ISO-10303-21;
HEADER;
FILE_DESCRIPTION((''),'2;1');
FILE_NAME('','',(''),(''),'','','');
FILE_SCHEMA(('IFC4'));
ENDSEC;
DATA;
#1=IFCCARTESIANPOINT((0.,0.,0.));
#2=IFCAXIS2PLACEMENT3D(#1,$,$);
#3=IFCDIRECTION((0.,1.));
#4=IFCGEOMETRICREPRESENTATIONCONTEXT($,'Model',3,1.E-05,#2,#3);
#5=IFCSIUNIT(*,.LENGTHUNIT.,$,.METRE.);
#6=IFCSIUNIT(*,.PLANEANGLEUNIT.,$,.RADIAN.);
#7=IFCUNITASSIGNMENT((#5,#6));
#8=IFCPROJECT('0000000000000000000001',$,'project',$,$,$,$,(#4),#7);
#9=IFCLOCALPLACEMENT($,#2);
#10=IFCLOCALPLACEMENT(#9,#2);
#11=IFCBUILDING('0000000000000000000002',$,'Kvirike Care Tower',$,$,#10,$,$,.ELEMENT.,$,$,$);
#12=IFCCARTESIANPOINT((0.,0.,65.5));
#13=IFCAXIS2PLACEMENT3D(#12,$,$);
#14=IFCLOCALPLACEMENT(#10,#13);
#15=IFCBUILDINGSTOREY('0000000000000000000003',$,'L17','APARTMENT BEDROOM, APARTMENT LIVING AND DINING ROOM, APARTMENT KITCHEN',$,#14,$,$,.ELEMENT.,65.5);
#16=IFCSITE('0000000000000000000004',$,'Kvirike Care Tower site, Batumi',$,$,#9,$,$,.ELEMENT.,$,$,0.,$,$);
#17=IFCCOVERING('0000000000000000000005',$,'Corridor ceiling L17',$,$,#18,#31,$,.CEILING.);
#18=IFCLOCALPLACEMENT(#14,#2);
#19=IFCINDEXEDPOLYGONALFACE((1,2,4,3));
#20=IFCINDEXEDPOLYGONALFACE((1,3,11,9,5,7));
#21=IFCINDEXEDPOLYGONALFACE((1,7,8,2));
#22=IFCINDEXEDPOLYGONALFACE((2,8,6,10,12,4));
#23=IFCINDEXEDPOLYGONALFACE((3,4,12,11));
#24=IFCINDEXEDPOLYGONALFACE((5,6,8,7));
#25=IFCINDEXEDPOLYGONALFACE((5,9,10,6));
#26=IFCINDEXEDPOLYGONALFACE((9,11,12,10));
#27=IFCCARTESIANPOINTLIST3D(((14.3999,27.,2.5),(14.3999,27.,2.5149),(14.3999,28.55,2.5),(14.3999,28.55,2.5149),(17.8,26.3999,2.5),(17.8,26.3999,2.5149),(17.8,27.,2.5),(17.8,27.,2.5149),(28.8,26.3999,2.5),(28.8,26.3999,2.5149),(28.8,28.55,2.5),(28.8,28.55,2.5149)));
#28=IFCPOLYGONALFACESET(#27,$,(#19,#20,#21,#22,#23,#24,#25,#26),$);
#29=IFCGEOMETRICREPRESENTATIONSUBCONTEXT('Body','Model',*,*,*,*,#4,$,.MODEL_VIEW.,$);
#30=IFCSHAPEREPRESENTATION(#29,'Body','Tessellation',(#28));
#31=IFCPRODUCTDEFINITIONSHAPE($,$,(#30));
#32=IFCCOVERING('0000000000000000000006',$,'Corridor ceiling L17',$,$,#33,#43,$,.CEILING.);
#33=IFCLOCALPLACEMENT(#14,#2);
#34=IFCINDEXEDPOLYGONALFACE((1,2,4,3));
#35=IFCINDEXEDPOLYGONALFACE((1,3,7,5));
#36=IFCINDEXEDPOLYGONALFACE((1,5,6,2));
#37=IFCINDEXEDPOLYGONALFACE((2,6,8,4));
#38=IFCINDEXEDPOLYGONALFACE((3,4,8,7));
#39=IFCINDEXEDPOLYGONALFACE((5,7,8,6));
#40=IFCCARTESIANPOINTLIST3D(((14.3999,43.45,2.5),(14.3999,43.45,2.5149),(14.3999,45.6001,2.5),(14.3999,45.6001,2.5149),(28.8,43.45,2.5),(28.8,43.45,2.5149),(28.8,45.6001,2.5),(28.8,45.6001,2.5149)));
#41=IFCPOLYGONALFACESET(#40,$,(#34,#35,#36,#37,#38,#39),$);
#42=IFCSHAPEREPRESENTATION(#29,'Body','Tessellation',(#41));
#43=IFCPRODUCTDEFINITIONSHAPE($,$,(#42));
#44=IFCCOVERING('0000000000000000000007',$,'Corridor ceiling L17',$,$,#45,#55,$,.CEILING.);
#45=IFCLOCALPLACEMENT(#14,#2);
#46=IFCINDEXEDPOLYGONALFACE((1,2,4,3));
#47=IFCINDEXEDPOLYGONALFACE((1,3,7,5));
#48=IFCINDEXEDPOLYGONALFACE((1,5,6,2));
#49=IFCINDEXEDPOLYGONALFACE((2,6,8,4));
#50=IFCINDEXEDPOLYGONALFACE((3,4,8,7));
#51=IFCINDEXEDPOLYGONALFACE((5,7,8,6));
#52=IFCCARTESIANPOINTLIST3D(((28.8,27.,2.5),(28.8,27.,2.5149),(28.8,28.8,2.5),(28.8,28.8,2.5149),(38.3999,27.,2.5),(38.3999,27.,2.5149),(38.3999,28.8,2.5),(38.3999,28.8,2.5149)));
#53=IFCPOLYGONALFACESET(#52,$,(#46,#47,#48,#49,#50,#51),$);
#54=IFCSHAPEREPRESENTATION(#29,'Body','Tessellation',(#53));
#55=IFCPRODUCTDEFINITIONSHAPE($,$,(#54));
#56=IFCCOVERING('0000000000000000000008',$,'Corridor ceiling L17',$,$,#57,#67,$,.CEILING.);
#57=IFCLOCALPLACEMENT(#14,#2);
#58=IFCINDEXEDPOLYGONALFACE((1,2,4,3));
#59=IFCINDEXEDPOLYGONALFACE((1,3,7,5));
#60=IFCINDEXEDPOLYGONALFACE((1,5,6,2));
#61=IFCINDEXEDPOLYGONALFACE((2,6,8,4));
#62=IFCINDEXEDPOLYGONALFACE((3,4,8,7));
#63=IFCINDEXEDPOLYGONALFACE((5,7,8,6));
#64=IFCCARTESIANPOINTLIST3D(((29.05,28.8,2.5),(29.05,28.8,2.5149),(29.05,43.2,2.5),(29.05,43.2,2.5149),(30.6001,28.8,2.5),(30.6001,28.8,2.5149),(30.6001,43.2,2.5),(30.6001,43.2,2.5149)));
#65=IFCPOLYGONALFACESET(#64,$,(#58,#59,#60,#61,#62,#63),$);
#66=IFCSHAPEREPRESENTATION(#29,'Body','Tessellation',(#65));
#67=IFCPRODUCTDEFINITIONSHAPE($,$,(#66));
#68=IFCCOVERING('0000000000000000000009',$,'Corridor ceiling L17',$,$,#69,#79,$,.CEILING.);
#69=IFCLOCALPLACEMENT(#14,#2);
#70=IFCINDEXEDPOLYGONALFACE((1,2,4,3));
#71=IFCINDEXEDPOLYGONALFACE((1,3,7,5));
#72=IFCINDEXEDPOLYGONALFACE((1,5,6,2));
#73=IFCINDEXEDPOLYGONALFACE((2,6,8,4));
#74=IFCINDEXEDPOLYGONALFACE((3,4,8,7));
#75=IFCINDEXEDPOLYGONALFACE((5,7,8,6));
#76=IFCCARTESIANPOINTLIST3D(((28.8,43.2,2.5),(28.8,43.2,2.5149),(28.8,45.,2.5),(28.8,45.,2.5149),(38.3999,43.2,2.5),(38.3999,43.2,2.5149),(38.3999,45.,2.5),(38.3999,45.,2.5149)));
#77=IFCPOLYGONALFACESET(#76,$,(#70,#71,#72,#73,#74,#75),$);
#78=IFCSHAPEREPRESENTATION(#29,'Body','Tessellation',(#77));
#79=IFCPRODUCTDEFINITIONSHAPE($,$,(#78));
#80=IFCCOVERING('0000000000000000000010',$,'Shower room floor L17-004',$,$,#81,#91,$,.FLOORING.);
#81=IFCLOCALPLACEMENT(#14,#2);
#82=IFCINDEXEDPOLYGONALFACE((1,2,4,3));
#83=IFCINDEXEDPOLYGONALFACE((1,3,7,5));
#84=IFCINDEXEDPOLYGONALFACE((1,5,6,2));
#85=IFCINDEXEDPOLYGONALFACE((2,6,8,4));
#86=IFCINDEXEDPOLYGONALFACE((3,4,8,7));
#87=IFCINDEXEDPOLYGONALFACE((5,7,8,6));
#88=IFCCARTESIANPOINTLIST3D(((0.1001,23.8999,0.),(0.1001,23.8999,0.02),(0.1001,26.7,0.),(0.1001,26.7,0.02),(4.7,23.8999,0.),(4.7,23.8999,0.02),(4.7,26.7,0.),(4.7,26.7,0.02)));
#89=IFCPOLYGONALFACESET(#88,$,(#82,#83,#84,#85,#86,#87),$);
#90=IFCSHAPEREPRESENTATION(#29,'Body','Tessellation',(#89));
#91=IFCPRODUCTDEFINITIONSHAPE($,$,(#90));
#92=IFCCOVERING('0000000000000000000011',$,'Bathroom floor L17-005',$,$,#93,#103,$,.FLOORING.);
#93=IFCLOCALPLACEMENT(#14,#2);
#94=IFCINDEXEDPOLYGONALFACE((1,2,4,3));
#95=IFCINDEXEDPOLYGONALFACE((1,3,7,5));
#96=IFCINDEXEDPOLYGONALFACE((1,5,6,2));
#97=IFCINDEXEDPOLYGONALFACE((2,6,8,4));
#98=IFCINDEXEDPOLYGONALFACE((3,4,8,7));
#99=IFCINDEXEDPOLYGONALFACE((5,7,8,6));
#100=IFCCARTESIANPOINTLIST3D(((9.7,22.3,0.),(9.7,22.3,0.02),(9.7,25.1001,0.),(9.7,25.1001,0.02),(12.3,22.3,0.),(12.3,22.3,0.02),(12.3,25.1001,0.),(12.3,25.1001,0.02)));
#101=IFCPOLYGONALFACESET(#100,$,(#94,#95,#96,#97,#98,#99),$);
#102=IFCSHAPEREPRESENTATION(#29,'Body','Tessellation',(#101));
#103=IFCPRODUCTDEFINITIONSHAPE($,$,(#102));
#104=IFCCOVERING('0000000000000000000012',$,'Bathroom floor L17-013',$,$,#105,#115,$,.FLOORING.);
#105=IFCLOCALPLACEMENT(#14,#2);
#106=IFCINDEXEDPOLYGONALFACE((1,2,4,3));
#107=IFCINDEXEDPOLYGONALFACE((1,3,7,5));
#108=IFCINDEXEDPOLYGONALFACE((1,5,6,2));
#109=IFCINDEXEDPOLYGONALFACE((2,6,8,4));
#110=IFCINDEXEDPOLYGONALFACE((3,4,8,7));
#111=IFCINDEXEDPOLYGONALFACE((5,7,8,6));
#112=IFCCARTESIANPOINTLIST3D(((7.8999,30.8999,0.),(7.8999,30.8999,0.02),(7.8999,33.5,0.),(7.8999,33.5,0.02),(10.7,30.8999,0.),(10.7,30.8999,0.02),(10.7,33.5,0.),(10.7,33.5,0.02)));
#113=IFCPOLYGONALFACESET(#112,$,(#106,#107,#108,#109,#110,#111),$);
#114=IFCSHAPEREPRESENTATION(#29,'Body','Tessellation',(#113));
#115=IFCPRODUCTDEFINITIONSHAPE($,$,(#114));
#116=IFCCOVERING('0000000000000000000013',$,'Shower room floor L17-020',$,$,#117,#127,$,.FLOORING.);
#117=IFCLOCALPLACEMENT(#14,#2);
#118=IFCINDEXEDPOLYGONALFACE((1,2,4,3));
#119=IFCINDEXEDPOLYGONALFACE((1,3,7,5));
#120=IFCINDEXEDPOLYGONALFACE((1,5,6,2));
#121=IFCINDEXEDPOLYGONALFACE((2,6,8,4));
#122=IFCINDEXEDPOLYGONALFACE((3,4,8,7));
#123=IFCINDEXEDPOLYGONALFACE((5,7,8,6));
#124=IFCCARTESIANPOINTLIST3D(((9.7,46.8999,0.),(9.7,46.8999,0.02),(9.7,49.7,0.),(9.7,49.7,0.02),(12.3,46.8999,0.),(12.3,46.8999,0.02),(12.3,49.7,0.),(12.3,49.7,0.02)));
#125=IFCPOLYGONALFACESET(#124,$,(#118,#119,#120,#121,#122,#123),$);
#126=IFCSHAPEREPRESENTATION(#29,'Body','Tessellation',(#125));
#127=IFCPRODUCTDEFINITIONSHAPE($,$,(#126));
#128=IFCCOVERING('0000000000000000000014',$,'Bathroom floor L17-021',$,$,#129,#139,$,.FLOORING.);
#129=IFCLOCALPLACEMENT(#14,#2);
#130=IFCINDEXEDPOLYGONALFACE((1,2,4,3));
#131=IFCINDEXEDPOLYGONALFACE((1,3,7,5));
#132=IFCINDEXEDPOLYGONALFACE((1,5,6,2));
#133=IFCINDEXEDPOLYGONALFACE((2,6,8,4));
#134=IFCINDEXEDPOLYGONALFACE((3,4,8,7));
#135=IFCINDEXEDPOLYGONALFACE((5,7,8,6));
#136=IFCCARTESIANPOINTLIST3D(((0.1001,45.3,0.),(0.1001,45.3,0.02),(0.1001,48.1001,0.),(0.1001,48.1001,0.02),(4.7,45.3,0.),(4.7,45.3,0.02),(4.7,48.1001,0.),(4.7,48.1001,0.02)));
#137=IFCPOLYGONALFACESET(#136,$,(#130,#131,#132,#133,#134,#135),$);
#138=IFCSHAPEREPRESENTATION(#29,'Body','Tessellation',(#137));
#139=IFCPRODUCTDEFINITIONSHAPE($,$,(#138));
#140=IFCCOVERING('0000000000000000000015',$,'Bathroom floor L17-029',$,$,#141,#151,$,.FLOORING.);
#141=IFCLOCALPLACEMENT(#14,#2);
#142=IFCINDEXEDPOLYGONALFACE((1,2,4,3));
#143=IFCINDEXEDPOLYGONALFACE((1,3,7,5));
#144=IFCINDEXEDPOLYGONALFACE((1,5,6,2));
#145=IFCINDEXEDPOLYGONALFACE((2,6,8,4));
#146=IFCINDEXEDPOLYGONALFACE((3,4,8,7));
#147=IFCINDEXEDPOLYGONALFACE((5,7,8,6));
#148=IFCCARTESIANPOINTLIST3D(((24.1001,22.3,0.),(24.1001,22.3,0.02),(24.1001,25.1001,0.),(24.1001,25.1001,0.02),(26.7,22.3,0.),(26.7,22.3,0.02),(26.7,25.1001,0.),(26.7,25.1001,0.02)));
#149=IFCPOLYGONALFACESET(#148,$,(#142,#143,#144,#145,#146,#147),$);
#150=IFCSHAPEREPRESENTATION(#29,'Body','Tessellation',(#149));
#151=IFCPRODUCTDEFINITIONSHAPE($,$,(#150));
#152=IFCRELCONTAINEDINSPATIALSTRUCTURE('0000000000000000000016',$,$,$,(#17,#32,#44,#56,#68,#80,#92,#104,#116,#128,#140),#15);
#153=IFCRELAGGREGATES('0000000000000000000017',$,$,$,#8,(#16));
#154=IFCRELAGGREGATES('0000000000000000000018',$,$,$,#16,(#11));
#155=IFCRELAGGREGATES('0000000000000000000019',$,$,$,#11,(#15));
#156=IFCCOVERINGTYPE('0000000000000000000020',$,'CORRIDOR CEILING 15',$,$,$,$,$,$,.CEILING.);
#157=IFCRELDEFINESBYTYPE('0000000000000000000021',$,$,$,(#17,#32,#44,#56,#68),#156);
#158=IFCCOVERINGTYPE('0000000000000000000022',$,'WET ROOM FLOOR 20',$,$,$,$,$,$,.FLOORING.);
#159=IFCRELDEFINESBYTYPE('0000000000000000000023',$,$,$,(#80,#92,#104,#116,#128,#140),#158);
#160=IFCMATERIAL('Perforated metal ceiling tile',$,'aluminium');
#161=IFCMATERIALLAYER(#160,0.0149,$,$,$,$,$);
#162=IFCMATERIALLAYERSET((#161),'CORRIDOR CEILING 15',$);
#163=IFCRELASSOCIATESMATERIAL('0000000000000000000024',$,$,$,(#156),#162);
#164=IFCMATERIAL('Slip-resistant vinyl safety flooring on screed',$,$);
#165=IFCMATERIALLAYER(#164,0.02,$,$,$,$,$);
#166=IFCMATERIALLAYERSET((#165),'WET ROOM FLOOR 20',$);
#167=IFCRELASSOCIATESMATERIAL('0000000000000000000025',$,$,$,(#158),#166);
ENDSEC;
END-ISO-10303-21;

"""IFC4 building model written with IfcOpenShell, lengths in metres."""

from ifc_helpers import new_model, si_unit, direction, frame, origin, place, context, subcontext, project, spatial, polyline, outline, extrude, material, layer, layer_set, type_object, element, save


model = new_model("IFC4")

# Units and contexts
model_context = context("Model", 3, precision=1e-05, world=origin(), true_north=direction((0.0, 1.0)))
body_context = subcontext(model_context, "Body", "Model", "MODEL_VIEW")
ifc_project = project(units=[si_unit("LENGTHUNIT", "METRE"), si_unit("PLANEANGLEUNIT", "RADIAN")], contexts=[model_context])

# Site, building, storey
site_placement = place(None, origin())
site = spatial("IfcSite", under=ifc_project, at=site_placement, Name="Kvirike Care Tower site, Batumi", CompositionType="ELEMENT", RefElevation=0.0)
building_placement = place(site_placement, origin())
building = spatial("IfcBuilding", under=site, at=building_placement, Name="Kvirike Care Tower", CompositionType="ELEMENT")
storey_placement = place(building_placement, frame((0.0, 0.0, 65.5)))
storey = spatial("IfcBuildingStorey", under=building, at=storey_placement, Name="L17", Description="APARTMENT BEDROOM, APARTMENT LIVING AND DINING ROOM, APARTMENT KITCHEN", CompositionType="ELEMENT", Elevation=65.5)

# Coverings
ifc_material_1 = material(Name="Perforated metal ceiling tile", Category="aluminium")
ifc_layer_1 = layer(ifc_material_1, 0.0149)
ifc_layer_set_1 = layer_set([ifc_layer_1], Name="CORRIDOR CEILING 15")
covering_type_1 = type_object("IfcCoveringType", Name="CORRIDOR CEILING 15", PredefinedType="CEILING", material=ifc_layer_set_1)
covering_1_placement = place(storey_placement, frame((0.0, 0.0, 2.5)))
element("IfcCovering", 1, at=covering_1_placement, inside=storey, type_object=covering_type_1, Name="Corridor ceiling L17", PredefinedType="CEILING", context=body_context, shape_type="SweptSolid", body=[
    extrude(outline(polyline([(14.3999, 28.55), (28.8, 28.55), (28.8, 26.3999), (17.8, 26.3999), (17.8, 27.0), (14.3999, 27.0), (14.3999, 28.55)])), origin(), (0.0, 0.0, 1.0), 0.0149),
])
covering_2_placement = place(storey_placement, frame((0.0, 0.0, 2.5)))
element("IfcCovering", 2, at=covering_2_placement, inside=storey, type_object=covering_type_1, Name="Corridor ceiling L17", PredefinedType="CEILING", context=body_context, shape_type="SweptSolid", body=[
    extrude(outline(polyline([(28.8, 45.6001), (28.8, 43.45), (14.3999, 43.45), (14.3999, 45.6001), (28.8, 45.6001)])), origin(), (0.0, 0.0, 1.0), 0.0149),
])
covering_3_placement = place(storey_placement, frame((0.0, 0.0, 2.5)))
element("IfcCovering", 3, at=covering_3_placement, inside=storey, type_object=covering_type_1, Name="Corridor ceiling L17", PredefinedType="CEILING", context=body_context, shape_type="SweptSolid", body=[
    extrude(outline(polyline([(28.8, 27.0), (28.8, 28.8), (38.3999, 28.8), (38.3999, 27.0), (28.8, 27.0)])), origin(), (0.0, 0.0, 1.0), 0.0149),
])
covering_4_placement = place(storey_placement, frame((0.0, 0.0, 2.5)))
element("IfcCovering", 4, at=covering_4_placement, inside=storey, type_object=covering_type_1, Name="Corridor ceiling L17", PredefinedType="CEILING", context=body_context, shape_type="SweptSolid", body=[
    extrude(outline(polyline([(30.6001, 28.8), (29.05, 28.8), (29.05, 43.2), (30.6001, 43.2), (30.6001, 28.8)])), origin(), (0.0, 0.0, 1.0), 0.0149),
])
covering_5_placement = place(storey_placement, frame((0.0, 0.0, 2.5)))
element("IfcCovering", 5, at=covering_5_placement, inside=storey, type_object=covering_type_1, Name="Corridor ceiling L17", PredefinedType="CEILING", context=body_context, shape_type="SweptSolid", body=[
    extrude(outline(polyline([(38.3999, 45.0), (38.3999, 43.2), (28.8, 43.2), (28.8, 45.0), (38.3999, 45.0)])), origin(), (0.0, 0.0, 1.0), 0.0149),
])
ifc_material_2 = material(Name="Slip-resistant vinyl safety flooring on screed")
ifc_layer_2 = layer(ifc_material_2, 0.02)
ifc_layer_set_2 = layer_set([ifc_layer_2], Name="WET ROOM FLOOR 20")
covering_type_2 = type_object("IfcCoveringType", Name="WET ROOM FLOOR 20", PredefinedType="FLOORING", material=ifc_layer_set_2)
covering_6_placement = place(storey_placement, origin())
element("IfcCovering", 6, at=covering_6_placement, inside=storey, type_object=covering_type_2, Name="Shower room floor L17-004", PredefinedType="FLOORING", context=body_context, shape_type="SweptSolid", body=[
    extrude(outline(polyline([(0.1001, 23.8999), (0.1001, 26.7), (4.7, 26.7), (4.7, 23.8999), (0.1001, 23.8999)])), origin(), (0.0, 0.0, 1.0), 0.02),
])
covering_7_placement = place(storey_placement, origin())
element("IfcCovering", 7, at=covering_7_placement, inside=storey, type_object=covering_type_2, Name="Bathroom floor L17-005", PredefinedType="FLOORING", context=body_context, shape_type="SweptSolid", body=[
    extrude(outline(polyline([(9.7, 22.3), (9.7, 25.1001), (12.3, 25.1001), (12.3, 22.3), (9.7, 22.3)])), origin(), (0.0, 0.0, 1.0), 0.02),
])
covering_8_placement = place(storey_placement, origin())
element("IfcCovering", 8, at=covering_8_placement, inside=storey, type_object=covering_type_2, Name="Bathroom floor L17-013", PredefinedType="FLOORING", context=body_context, shape_type="SweptSolid", body=[
    extrude(outline(polyline([(7.8999, 33.5), (10.7, 33.5), (10.7, 30.8999), (7.8999, 30.8999), (7.8999, 33.5)])), origin(), (0.0, 0.0, 1.0), 0.02),
])
covering_9_placement = place(storey_placement, origin())
element("IfcCovering", 9, at=covering_9_placement, inside=storey, type_object=covering_type_2, Name="Shower room floor L17-020", PredefinedType="FLOORING", context=body_context, shape_type="SweptSolid", body=[
    extrude(outline(polyline([(12.3, 49.7), (12.3, 46.8999), (9.7, 46.8999), (9.7, 49.7), (12.3, 49.7)])), origin(), (0.0, 0.0, 1.0), 0.02),
])
covering_10_placement = place(storey_placement, origin())
element("IfcCovering", 10, at=covering_10_placement, inside=storey, type_object=covering_type_2, Name="Bathroom floor L17-021", PredefinedType="FLOORING", context=body_context, shape_type="SweptSolid", body=[
    extrude(outline(polyline([(4.7, 48.1001), (4.7, 45.3), (0.1001, 45.3), (0.1001, 48.1001), (4.7, 48.1001)])), origin(), (0.0, 0.0, 1.0), 0.02),
])
covering_11_placement = place(storey_placement, origin())
element("IfcCovering", 11, at=covering_11_placement, inside=storey, type_object=covering_type_2, Name="Bathroom floor L17-029", PredefinedType="FLOORING", context=body_context, shape_type="SweptSolid", body=[
    extrude(outline(polyline([(24.1001, 22.3), (24.1001, 25.1001), (26.7, 25.1001), (26.7, 22.3), (24.1001, 22.3)])), origin(), (0.0, 0.0, 1.0), 0.02),
])

save(model, "model.ifc")
